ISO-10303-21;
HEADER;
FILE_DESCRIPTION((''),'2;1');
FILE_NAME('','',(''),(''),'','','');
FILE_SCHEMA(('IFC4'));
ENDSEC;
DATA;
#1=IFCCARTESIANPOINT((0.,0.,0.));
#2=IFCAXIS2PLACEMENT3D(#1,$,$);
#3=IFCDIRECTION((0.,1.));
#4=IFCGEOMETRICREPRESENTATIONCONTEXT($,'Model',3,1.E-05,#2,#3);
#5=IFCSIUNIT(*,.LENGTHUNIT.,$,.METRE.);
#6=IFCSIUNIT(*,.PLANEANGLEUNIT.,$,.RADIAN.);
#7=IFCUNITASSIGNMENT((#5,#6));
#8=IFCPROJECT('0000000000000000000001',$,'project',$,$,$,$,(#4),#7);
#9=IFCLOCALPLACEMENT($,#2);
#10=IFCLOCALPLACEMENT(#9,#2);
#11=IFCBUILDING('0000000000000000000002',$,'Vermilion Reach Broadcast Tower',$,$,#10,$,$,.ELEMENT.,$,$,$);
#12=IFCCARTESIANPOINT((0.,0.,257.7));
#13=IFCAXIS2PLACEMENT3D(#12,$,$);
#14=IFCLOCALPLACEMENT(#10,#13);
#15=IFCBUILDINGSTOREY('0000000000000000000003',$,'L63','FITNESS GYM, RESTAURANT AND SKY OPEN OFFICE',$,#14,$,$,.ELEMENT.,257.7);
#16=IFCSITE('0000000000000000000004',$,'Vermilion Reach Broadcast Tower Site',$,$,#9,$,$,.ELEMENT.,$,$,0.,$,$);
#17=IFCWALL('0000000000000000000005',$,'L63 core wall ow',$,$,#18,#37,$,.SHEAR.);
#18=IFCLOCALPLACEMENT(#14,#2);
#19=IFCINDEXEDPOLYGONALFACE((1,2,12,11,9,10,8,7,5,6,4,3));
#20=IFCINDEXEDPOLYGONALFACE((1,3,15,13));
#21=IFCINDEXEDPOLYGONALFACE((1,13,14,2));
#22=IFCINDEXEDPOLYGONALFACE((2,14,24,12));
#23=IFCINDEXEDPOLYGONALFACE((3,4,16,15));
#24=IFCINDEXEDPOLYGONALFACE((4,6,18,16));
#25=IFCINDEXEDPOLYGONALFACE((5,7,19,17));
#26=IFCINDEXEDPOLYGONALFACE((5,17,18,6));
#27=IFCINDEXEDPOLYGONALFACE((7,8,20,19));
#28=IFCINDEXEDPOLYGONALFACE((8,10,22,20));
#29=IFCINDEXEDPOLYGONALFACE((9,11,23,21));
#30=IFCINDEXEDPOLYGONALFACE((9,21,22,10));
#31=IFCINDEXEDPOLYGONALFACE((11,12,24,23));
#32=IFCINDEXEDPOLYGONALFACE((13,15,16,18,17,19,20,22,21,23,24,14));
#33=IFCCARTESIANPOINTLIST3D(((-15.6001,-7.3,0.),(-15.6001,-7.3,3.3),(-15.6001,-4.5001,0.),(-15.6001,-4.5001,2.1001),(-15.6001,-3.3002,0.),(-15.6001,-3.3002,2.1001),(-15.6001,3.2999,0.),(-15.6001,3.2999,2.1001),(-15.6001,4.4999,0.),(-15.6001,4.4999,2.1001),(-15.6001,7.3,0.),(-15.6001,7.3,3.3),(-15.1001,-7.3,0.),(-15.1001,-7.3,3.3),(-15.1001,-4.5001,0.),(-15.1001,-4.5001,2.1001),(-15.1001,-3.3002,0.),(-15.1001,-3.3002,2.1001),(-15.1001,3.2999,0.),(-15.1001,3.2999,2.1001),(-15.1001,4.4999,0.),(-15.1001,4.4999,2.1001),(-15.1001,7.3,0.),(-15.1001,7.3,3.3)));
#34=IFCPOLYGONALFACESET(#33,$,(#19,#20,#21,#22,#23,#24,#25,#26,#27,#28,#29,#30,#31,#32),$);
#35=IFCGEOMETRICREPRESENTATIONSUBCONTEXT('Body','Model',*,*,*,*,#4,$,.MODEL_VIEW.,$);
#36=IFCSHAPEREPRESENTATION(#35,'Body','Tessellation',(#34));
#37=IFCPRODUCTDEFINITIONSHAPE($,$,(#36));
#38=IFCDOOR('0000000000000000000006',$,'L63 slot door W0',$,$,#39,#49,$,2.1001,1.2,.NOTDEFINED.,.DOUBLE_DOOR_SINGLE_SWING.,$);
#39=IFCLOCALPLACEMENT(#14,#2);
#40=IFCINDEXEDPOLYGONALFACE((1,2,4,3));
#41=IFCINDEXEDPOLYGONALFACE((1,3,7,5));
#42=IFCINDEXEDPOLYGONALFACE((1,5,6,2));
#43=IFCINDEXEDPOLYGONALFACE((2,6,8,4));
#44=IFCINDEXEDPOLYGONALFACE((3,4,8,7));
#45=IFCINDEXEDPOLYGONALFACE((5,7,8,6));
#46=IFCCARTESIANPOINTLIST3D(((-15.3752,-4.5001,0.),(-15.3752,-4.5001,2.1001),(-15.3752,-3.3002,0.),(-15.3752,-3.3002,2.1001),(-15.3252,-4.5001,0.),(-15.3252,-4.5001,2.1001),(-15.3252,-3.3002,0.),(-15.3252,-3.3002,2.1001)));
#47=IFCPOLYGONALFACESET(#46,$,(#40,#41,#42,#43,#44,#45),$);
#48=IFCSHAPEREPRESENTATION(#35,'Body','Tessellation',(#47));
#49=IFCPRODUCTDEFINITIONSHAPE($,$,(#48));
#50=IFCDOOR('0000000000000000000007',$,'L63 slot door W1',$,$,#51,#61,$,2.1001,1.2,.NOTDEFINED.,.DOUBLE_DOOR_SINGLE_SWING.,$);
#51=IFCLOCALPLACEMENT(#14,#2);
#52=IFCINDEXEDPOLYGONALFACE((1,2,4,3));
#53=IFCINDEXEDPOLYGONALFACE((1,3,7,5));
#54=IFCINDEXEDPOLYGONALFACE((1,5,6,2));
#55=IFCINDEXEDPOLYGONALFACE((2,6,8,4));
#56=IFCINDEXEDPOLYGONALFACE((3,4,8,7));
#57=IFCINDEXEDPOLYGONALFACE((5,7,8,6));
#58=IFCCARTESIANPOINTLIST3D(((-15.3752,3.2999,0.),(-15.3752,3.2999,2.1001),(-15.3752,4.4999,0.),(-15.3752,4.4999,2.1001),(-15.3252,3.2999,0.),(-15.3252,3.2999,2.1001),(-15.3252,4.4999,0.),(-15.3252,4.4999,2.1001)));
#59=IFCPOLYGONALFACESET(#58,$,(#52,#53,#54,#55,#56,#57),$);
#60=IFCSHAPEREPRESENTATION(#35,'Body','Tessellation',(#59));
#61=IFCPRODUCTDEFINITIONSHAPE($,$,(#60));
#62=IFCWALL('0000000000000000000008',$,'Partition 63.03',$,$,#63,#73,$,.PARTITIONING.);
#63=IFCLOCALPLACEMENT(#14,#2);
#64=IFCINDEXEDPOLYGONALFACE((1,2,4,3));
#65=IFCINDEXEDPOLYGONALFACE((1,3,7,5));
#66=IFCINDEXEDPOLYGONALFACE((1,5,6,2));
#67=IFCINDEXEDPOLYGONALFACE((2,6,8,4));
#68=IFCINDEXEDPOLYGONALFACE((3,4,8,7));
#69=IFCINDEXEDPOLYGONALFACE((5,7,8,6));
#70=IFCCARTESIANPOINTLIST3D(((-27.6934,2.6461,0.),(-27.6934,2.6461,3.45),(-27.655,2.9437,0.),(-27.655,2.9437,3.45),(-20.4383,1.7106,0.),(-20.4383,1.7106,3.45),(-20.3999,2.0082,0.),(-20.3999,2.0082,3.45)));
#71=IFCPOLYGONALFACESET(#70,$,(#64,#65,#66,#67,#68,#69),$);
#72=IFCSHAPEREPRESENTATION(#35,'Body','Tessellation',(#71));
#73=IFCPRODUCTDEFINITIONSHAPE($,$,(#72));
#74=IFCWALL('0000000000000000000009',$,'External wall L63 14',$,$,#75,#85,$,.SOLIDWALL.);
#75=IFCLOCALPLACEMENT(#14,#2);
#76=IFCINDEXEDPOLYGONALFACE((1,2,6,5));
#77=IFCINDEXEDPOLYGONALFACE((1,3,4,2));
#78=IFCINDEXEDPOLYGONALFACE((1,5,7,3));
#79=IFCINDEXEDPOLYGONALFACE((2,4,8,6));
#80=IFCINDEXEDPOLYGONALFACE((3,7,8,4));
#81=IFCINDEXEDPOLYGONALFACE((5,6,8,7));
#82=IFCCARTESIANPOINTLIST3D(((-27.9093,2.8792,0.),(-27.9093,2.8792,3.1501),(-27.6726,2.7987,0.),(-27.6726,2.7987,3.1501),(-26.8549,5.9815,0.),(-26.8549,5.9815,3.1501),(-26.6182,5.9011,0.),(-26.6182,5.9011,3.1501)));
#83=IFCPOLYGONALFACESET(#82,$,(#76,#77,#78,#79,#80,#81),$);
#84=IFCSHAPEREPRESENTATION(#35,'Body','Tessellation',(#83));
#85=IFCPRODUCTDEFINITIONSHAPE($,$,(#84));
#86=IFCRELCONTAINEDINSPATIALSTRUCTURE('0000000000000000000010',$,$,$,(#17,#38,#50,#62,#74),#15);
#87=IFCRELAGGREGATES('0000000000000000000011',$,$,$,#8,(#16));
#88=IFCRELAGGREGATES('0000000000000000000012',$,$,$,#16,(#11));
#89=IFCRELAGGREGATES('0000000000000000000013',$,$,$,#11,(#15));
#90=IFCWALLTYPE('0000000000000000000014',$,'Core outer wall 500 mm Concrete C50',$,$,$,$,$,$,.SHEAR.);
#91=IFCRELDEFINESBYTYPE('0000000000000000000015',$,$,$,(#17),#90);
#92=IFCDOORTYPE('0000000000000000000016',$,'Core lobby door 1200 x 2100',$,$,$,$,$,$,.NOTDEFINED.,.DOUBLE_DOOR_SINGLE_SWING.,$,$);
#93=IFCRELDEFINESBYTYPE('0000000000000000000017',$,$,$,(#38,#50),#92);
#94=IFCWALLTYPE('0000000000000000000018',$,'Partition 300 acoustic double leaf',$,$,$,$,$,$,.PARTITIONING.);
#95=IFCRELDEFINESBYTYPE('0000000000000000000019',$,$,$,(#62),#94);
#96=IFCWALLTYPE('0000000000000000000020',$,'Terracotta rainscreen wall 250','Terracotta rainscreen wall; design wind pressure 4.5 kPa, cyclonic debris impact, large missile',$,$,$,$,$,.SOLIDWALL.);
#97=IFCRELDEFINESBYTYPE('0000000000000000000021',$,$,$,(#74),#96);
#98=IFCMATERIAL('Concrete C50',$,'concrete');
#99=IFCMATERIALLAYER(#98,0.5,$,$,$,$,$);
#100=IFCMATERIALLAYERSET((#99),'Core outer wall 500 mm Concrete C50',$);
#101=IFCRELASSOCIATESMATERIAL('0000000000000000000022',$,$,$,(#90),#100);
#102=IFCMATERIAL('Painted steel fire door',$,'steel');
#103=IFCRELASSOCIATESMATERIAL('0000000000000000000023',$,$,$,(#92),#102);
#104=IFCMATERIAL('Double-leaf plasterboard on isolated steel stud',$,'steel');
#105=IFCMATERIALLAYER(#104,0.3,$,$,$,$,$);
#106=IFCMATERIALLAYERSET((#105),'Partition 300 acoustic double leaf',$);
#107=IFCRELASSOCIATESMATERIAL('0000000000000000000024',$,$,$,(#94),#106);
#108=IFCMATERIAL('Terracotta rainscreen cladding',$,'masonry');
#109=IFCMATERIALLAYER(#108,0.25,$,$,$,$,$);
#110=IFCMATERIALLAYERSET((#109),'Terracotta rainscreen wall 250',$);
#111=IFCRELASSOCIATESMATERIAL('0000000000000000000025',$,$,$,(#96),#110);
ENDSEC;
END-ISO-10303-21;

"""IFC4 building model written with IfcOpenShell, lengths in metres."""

from ifc_helpers import new_model, si_unit, direction, frame, frame_2d, origin, place, context, subcontext, project, spatial, rectangle, extrude, material, layer, layer_set, type_object, element, fill, save


model = new_model("IFC4")

# Units and contexts
model_context = context("Model", 3, precision=1e-05, world=origin(), true_north=direction((0.0, 1.0)))
body_context = subcontext(model_context, "Body", "Model", "MODEL_VIEW")
ifc_project = project(units=[si_unit("LENGTHUNIT", "METRE"), si_unit("PLANEANGLEUNIT", "RADIAN")], contexts=[model_context])

# Site, building, storey
site_placement = place(None, origin())
site = spatial("IfcSite", under=ifc_project, at=site_placement, Name="Vermilion Reach Broadcast Tower Site", CompositionType="ELEMENT", RefElevation=0.0)
building_placement = place(site_placement, origin())
building = spatial("IfcBuilding", under=site, at=building_placement, Name="Vermilion Reach Broadcast Tower", CompositionType="ELEMENT")
storey_placement = place(building_placement, frame((0.0, 0.0, 257.7)))
storey = spatial("IfcBuildingStorey", under=building, at=storey_placement, Name="L63", Description="FITNESS GYM, RESTAURANT AND SKY OPEN OFFICE", CompositionType="ELEMENT", Elevation=257.7)

# Wall, openings, doors
ifc_material_1 = material(Name="Concrete C50", Category="concrete")
ifc_layer_1 = layer(ifc_material_1, 0.5)
ifc_layer_set_1 = layer_set([ifc_layer_1], Name="Core outer wall 500 mm Concrete C50")
wall_type_1 = type_object("IfcWallType", Name="Core outer wall 500 mm Concrete C50", PredefinedType="SHEAR", material=ifc_layer_set_1)
wall_1_placement = place(storey_placement, frame((-15.3501, 7.3, 0.0), z_axis=(0.0, 0.0, 1.0), x_axis=(0.0, -1.0, 0.0)))
wall_1 = element("IfcWall", 1, at=wall_1_placement, inside=storey, type_object=wall_type_1, Name="L63 core wall ow", PredefinedType="SHEAR", context=body_context, shape_type="SweptSolid", body=[
    extrude(rectangle(XDim=14.6001, YDim=0.5, at=frame_2d((7.3, 0.0))), origin(), (0.0, 0.0, 1.0), 3.3),
])
opening_1_placement = place(wall_1_placement, frame((10.6001, 0.0, 0.0)))
opening_1 = element("IfcOpeningElement", 2, at=opening_1_placement, cuts=wall_1, PredefinedType="OPENING", context=body_context, shape_type="SweptSolid", body=[
    extrude(rectangle(XDim=1.2, YDim=2.1001, at=frame_2d((0.6001, 1.05))), frame((0.0, 0.26, 0.0), z_axis=(0.0, -1.0, 0.0), x_axis=(1.0, 0.0, 0.0)), (0.0, 0.0, 1.0), 0.52),
])
opening_2_placement = place(wall_1_placement, frame((2.8, 0.0, 0.0)))
opening_2 = element("IfcOpeningElement", 3, at=opening_2_placement, cuts=wall_1, PredefinedType="OPENING", context=body_context, shape_type="SweptSolid", body=[
    extrude(rectangle(XDim=1.2, YDim=2.1001, at=frame_2d((0.6001, 1.05))), frame((0.0, 0.26, 0.0), z_axis=(0.0, -1.0, 0.0), x_axis=(1.0, 0.0, 0.0)), (0.0, 0.0, 1.0), 0.52),
])
ifc_material_2 = material(Name="Painted steel fire door", Category="steel")
door_type_1 = type_object("IfcDoorType", Name="Core lobby door 1200 x 2100", OperationType="DOUBLE_DOOR_SINGLE_SWING", PredefinedType="NOTDEFINED", material=ifc_material_2)
door_1_placement = place(opening_1_placement, origin())
door_1 = element("IfcDoor", 4, at=door_1_placement, inside=storey, type_object=door_type_1, Name="L63 slot door W0", OperationType="DOUBLE_DOOR_SINGLE_SWING", OverallHeight=2.1001, OverallWidth=1.2, PredefinedType="NOTDEFINED", context=body_context, shape_type="SweptSolid", body=[
    extrude(rectangle(XDim=1.2, YDim=2.1001, at=frame_2d((0.6001, 1.05))), frame((0.0, 0.0249, 0.0), z_axis=(0.0, -1.0, 0.0), x_axis=(1.0, 0.0, 0.0)), (0.0, 0.0, 1.0), 0.05),
])
fill(opening_1, door_1)
door_2_placement = place(opening_2_placement, origin())
door_2 = element("IfcDoor", 5, at=door_2_placement, inside=storey, type_object=door_type_1, Name="L63 slot door W1", OperationType="DOUBLE_DOOR_SINGLE_SWING", OverallHeight=2.1001, OverallWidth=1.2, PredefinedType="NOTDEFINED", context=body_context, shape_type="SweptSolid", body=[
    extrude(rectangle(XDim=1.2, YDim=2.1001, at=frame_2d((0.6001, 1.05))), frame((0.0, 0.0249, 0.0), z_axis=(0.0, -1.0, 0.0), x_axis=(1.0, 0.0, 0.0)), (0.0, 0.0, 1.0), 0.05),
])
fill(opening_2, door_2)

# Walls
ifc_material_3 = material(Name="Double-leaf plasterboard on isolated steel stud", Category="steel")
ifc_layer_2 = layer(ifc_material_3, 0.3)
ifc_layer_set_2 = layer_set([ifc_layer_2], Name="Partition 300 acoustic double leaf")
wall_type_2 = type_object("IfcWallType", Name="Partition 300 acoustic double leaf", PredefinedType="PARTITIONING", material=ifc_layer_set_2)
wall_2_placement = place(storey_placement, frame((-27.6743, 2.7949, 0.0), z_axis=(0.0, 0.0, 1.0), x_axis=(0.991788, -0.127891, 0.0)))
element("IfcWall", 6, at=wall_2_placement, inside=storey, type_object=wall_type_2, Name="Partition 63.03", PredefinedType="PARTITIONING", context=body_context, shape_type="SweptSolid", body=[
    extrude(rectangle(XDim=7.3152, YDim=0.3, at=frame_2d((3.6577, 0.0))), origin(), (0.0, 0.0, 1.0), 3.45),
])
ifc_material_4 = material(Name="Terracotta rainscreen cladding", Category="masonry")
ifc_layer_3 = layer(ifc_material_4, 0.25)
ifc_layer_set_3 = layer_set([ifc_layer_3], Name="Terracotta rainscreen wall 250")
wall_type_3 = type_object("IfcWallType", Name="Terracotta rainscreen wall 250", Description="Terracotta rainscreen wall; design wind pressure 4.5 kPa, cyclonic debris impact, large missile", PredefinedType="SOLIDWALL", material=ifc_layer_set_3)
wall_3_placement = place(storey_placement, frame((-26.7366, 5.9412, 0.0), z_axis=(0.0, 0.0, 1.0), x_axis=(-0.321811, -0.946804, 0.0)))
element("IfcWall", 7, at=wall_3_placement, inside=storey, type_object=wall_type_3, Name="External wall L63 14", PredefinedType="SOLIDWALL", context=body_context, shape_type="SweptSolid", body=[
    extrude(rectangle(XDim=3.2766, YDim=0.25, at=frame_2d((1.6382, 0.0))), origin(), (0.0, 0.0, 1.0), 3.1501),
])

save(model, "model.ifc")
